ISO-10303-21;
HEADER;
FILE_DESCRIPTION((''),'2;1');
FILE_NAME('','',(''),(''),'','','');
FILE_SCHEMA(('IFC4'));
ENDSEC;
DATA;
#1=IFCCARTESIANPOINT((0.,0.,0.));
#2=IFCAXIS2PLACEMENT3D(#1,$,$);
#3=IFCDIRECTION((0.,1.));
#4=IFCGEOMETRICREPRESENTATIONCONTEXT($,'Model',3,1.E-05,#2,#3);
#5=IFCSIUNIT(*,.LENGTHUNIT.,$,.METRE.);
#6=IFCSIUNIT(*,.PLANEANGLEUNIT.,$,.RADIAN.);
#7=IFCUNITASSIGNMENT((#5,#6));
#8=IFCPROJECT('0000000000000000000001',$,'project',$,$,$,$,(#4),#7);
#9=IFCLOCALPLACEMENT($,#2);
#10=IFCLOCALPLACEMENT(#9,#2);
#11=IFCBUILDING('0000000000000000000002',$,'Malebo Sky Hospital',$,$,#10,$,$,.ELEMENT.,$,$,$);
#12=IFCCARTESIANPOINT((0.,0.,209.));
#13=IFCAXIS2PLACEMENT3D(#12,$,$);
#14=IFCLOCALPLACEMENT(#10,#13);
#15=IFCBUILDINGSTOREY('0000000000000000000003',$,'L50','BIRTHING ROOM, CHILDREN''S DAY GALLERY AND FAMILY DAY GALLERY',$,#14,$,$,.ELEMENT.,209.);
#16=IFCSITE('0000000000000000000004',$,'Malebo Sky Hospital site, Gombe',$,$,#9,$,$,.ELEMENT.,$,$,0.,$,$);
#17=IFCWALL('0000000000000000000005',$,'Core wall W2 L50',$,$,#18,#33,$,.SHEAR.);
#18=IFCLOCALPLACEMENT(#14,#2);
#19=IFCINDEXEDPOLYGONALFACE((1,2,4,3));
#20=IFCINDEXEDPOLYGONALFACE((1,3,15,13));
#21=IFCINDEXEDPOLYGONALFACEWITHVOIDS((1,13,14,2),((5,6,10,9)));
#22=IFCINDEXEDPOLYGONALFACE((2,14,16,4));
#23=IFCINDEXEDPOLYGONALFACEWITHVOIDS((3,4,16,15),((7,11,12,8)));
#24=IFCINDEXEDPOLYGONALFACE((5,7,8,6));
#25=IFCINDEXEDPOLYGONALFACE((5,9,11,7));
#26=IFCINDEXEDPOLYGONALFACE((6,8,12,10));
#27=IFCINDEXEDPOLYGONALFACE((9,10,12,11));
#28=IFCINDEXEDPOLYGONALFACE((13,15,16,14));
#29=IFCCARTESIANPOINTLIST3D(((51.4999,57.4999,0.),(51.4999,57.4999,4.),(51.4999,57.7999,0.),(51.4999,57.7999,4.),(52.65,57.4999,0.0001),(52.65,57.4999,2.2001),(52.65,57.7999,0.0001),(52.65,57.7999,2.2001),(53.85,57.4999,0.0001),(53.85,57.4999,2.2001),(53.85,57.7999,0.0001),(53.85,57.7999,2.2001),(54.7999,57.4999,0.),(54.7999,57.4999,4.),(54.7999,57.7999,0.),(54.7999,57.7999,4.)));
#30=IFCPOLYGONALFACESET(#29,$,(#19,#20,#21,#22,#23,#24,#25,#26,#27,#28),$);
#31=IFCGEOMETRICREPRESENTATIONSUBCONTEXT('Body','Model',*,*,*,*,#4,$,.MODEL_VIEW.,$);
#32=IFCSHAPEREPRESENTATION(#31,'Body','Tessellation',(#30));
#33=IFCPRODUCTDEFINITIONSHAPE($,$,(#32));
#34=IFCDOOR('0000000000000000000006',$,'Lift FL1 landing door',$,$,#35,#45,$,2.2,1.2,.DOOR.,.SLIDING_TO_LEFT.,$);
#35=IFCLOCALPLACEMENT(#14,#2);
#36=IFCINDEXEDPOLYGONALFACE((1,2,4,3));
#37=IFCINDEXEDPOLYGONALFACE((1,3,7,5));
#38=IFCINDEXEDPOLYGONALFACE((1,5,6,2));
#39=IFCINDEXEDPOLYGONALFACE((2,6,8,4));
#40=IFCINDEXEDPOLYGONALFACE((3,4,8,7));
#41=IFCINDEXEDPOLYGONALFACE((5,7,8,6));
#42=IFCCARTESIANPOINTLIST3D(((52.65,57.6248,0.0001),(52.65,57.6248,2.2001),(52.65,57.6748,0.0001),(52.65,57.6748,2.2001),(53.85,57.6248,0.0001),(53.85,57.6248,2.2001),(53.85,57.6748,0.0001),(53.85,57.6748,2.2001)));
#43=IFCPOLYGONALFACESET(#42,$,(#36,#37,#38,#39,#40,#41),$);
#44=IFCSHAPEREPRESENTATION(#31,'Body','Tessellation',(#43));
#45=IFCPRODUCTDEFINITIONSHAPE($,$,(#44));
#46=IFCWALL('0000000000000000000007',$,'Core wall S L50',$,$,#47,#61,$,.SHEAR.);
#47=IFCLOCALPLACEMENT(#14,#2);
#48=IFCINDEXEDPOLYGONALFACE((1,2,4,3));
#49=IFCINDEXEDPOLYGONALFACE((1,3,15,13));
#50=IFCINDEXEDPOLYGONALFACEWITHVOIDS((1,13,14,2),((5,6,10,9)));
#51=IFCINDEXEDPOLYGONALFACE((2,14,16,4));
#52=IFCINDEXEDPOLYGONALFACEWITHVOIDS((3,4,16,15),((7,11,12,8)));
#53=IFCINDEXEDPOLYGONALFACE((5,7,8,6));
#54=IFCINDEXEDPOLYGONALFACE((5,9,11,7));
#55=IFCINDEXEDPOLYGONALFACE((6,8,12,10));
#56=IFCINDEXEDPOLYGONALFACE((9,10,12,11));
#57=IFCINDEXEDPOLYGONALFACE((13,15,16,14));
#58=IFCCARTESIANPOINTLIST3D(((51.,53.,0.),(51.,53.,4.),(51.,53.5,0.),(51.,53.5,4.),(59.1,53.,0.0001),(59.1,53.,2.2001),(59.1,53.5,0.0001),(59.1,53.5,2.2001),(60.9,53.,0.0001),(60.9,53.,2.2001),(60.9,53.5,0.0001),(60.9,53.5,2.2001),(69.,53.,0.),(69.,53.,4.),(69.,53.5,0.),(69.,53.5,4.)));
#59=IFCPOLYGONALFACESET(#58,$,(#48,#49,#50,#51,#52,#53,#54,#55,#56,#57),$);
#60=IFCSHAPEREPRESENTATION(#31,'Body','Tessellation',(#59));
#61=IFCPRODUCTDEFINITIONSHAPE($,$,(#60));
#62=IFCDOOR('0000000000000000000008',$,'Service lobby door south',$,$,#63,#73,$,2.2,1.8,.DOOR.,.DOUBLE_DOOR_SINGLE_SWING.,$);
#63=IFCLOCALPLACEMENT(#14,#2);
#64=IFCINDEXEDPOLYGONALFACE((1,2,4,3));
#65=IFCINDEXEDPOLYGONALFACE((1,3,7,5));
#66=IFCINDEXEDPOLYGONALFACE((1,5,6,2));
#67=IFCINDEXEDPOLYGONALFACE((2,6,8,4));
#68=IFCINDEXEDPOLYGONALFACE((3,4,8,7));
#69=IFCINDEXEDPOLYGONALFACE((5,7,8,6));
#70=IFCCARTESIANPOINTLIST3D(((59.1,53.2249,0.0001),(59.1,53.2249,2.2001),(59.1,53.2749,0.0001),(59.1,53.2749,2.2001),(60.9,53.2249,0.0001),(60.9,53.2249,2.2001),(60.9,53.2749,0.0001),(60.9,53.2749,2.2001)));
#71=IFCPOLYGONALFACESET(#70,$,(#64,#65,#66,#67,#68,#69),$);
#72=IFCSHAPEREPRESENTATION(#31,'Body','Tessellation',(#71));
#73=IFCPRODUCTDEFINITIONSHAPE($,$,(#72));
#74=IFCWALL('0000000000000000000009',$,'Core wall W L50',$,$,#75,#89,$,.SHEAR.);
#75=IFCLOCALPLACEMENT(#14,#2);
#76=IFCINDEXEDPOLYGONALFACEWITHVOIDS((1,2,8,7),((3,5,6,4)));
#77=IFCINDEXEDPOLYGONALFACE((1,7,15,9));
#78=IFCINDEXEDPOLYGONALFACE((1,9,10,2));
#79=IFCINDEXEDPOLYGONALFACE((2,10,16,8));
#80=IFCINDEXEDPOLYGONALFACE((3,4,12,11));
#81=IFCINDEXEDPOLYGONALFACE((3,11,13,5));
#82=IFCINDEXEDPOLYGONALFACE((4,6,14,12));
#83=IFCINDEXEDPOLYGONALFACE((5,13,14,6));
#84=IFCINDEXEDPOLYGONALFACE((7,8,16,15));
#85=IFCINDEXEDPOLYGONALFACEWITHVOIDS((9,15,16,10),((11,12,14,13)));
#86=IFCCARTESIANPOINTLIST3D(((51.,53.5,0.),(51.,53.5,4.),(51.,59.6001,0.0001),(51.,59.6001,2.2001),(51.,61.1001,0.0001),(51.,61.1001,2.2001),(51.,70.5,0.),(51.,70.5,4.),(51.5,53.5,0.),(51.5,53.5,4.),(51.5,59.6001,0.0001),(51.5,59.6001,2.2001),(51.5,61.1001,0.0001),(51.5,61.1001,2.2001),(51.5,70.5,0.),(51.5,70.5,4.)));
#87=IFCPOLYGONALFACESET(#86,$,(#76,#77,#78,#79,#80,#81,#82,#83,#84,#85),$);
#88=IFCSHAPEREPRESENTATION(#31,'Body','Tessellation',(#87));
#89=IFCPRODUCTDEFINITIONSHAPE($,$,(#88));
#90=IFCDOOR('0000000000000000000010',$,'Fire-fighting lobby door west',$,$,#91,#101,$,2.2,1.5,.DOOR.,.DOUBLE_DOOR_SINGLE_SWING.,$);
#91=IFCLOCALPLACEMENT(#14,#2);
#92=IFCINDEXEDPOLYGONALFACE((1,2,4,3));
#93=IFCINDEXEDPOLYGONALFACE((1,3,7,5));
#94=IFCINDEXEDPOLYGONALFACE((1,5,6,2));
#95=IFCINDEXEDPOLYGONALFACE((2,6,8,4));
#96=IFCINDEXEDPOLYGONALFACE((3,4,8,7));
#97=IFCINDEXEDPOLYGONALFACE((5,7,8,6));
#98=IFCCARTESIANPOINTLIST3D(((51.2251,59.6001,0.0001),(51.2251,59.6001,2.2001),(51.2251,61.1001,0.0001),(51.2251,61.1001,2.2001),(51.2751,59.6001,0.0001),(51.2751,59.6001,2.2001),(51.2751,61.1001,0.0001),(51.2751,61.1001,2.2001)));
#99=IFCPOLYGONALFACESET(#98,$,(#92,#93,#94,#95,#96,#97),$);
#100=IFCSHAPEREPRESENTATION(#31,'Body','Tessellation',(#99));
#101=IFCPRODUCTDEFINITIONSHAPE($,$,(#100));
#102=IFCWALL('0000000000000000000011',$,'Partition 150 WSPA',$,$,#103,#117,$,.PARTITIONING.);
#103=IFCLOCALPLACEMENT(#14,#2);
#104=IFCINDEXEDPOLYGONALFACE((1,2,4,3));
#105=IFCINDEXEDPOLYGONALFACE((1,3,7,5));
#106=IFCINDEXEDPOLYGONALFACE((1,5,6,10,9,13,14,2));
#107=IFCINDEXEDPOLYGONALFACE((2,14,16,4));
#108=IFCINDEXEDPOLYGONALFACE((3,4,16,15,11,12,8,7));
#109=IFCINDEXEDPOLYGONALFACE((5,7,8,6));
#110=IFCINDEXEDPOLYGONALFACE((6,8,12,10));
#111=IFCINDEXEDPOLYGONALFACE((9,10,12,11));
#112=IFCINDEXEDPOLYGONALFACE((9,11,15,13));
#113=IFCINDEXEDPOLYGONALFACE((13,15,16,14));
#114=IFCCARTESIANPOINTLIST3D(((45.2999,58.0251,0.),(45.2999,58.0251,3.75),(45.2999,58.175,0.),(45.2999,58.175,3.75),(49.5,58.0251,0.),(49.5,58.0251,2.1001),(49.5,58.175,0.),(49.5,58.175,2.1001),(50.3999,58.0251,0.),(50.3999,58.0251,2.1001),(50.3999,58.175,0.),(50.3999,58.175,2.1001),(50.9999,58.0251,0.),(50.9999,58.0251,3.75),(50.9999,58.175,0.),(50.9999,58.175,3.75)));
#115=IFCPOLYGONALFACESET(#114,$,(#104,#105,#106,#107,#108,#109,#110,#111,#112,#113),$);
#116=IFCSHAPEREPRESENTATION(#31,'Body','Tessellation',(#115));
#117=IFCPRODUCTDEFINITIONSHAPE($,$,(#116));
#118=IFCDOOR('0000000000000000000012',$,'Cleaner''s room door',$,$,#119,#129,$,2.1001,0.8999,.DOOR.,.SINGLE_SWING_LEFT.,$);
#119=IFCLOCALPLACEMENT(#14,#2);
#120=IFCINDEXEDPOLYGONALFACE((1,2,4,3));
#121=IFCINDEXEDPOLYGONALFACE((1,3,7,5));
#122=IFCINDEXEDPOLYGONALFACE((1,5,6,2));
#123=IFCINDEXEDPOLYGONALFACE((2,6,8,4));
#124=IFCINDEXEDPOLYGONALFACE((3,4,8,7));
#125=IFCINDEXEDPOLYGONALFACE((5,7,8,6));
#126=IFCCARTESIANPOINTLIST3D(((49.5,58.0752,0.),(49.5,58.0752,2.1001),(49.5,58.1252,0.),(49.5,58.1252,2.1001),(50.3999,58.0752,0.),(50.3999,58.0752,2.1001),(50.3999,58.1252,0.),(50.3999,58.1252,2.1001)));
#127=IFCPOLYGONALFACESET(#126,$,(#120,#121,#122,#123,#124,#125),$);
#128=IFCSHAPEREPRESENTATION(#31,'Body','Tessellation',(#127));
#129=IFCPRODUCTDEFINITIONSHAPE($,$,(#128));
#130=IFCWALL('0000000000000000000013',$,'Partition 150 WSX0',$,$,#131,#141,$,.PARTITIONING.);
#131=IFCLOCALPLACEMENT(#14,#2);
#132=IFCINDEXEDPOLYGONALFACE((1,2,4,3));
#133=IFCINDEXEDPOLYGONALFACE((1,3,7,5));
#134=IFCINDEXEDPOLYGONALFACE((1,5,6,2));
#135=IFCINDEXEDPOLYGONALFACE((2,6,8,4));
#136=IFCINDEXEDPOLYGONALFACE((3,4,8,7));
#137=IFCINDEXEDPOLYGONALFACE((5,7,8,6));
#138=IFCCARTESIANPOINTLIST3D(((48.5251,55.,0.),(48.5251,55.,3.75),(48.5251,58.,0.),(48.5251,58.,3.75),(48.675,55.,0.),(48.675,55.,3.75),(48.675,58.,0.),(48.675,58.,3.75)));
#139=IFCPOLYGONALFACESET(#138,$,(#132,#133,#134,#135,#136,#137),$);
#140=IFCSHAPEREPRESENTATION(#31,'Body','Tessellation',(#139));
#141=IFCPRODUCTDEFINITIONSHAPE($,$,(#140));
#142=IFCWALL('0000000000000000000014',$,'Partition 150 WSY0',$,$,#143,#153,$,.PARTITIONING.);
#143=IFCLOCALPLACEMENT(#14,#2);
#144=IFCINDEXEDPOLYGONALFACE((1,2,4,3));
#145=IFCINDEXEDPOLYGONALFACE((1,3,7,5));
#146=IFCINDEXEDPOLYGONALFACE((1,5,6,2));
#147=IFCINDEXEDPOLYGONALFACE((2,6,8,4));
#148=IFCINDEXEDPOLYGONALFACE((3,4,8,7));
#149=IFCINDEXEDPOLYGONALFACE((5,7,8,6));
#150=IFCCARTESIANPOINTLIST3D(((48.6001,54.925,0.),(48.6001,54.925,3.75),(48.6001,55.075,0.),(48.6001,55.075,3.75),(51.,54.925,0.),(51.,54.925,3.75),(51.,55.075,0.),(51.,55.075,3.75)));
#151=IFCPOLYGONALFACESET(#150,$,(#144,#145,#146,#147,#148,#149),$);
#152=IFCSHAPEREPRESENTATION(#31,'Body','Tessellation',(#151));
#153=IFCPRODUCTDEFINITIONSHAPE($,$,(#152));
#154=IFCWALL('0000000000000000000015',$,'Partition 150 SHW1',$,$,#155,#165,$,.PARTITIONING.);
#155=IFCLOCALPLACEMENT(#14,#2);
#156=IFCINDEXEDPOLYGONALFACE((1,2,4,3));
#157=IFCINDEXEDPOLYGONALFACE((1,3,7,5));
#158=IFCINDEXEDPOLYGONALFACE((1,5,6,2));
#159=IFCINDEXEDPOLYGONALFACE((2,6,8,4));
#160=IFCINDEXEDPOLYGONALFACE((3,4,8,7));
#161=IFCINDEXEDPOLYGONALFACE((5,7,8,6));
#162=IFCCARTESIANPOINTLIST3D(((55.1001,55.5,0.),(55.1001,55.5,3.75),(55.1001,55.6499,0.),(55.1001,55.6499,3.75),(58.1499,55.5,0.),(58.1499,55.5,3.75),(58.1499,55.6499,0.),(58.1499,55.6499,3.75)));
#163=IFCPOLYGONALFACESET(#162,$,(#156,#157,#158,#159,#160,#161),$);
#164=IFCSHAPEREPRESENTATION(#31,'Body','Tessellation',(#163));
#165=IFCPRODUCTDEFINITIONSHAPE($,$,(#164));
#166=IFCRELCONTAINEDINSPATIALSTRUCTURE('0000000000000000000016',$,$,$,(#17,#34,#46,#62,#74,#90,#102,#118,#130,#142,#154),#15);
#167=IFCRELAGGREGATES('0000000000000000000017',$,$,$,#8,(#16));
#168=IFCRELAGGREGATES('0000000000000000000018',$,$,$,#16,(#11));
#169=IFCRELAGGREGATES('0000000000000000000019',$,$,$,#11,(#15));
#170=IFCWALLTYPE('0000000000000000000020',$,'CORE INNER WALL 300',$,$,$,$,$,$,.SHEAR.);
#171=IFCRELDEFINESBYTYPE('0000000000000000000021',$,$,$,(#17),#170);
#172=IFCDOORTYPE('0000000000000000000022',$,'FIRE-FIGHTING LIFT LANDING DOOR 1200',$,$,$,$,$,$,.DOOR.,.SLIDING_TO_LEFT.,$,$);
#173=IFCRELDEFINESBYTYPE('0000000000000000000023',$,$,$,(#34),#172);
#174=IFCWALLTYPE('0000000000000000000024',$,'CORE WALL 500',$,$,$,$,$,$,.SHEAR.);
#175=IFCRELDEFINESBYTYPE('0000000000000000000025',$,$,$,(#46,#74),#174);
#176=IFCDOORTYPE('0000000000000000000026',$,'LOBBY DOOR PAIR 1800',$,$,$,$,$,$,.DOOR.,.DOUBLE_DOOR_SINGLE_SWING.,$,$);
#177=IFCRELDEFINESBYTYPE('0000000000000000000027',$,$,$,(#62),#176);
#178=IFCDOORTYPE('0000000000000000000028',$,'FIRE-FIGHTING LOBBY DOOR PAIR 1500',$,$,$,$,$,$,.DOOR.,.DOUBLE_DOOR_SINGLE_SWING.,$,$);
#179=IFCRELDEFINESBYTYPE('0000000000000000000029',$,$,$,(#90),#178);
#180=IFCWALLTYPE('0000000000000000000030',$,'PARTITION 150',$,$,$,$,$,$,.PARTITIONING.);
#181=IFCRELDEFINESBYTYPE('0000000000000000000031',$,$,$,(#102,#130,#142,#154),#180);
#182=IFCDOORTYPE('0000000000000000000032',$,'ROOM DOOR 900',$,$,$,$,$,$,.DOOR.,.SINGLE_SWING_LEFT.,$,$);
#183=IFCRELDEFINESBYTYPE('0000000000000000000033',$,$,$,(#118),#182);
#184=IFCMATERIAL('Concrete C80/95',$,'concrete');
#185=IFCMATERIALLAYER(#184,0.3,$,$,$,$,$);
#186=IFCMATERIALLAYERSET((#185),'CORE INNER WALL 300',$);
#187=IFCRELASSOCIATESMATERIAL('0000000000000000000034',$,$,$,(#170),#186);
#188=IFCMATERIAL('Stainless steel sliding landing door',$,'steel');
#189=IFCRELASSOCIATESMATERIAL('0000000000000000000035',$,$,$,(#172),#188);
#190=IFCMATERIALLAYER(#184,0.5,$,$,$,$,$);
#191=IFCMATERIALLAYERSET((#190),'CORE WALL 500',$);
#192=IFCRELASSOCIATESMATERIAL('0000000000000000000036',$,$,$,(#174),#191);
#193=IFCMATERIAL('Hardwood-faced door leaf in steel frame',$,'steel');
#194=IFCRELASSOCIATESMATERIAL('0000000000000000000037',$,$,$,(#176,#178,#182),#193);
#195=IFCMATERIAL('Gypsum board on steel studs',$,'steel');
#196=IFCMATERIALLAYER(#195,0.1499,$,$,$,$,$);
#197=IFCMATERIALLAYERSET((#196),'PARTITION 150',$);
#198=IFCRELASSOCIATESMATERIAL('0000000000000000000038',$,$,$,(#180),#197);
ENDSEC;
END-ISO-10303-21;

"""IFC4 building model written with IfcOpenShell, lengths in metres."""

from ifc_helpers import new_model, si_unit, direction, frame, frame_2d, origin, place, context, subcontext, project, spatial, rectangle, extrude, material, layer, layer_set, type_object, element, fill, save


model = new_model("IFC4")

# Units and contexts
model_context = context("Model", 3, precision=1e-05, world=origin(), true_north=direction((0.0, 1.0)))
body_context = subcontext(model_context, "Body", "Model", "MODEL_VIEW")
ifc_project = project(units=[si_unit("LENGTHUNIT", "METRE"), si_unit("PLANEANGLEUNIT", "RADIAN")], contexts=[model_context])

# Site, building, storey
site_placement = place(None, origin())
site = spatial("IfcSite", under=ifc_project, at=site_placement, Name="Malebo Sky Hospital site, Gombe", CompositionType="ELEMENT", RefElevation=0.0)
building_placement = place(site_placement, origin())
building = spatial("IfcBuilding", under=site, at=building_placement, Name="Malebo Sky Hospital", CompositionType="ELEMENT")
storey_placement = place(building_placement, frame((0.0, 0.0, 209.0)))
storey = spatial("IfcBuildingStorey", under=building, at=storey_placement, Name="L50", Description="BIRTHING ROOM, CHILDREN'S DAY GALLERY AND FAMILY DAY GALLERY", CompositionType="ELEMENT", Elevation=209.0)

# Shared definitions
ifc_material_1 = material(Name="Concrete C80/95", Category="concrete")
ifc_material_2 = material(Name="Hardwood-faced door leaf in steel frame", Category="steel")
ifc_material_3 = material(Name="Stainless steel sliding landing door", Category="steel")

# Shared definitions
ifc_layer_1 = layer(ifc_material_1, 0.3)
ifc_layer_set_1 = layer_set([ifc_layer_1], Name="CORE INNER WALL 300")
wall_type_1 = type_object("IfcWallType", Name="CORE INNER WALL 300", PredefinedType="SHEAR", material=ifc_layer_set_1)

# Walls, openings, doors
wall_1_placement = place(storey_placement, frame((51.5, 57.6499, 0.0), z_axis=(0.0, 0.0, 1.0), x_axis=(1.0, 0.0, 0.0)))
wall_1 = element("IfcWall", 1, at=wall_1_placement, inside=storey, type_object=wall_type_1, Name="Core wall W2 L50", PredefinedType="SHEAR", context=body_context, shape_type="SweptSolid", body=[
    extrude(rectangle(XDim=3.3, YDim=0.3, at=frame_2d((1.6499, 0.0))), origin(), (0.0, 0.0, 1.0), 4.0),
])
opening_1_placement = place(wall_1_placement, frame((1.1499, 0.0, 0.0)))
opening_1 = element("IfcOpeningElement", 2, at=opening_1_placement, cuts=wall_1, PredefinedType="OPENING", context=body_context, shape_type="SweptSolid", body=[
    extrude(rectangle(XDim=1.2, YDim=2.2, at=frame_2d((0.6001, 1.1001))), frame((0.0, 0.1599, 0.0), z_axis=(0.0, -1.0, 0.0), x_axis=(1.0, 0.0, 0.0)), (0.0, 0.0, 1.0), 0.3201),
])
door_type_1 = type_object("IfcDoorType", Name="FIRE-FIGHTING LIFT LANDING DOOR 1200", OperationType="SLIDING_TO_LEFT", PredefinedType="DOOR", material=ifc_material_3)
door_1_placement = place(opening_1_placement, origin())
door_1 = element("IfcDoor", 3, at=door_1_placement, inside=storey, type_object=door_type_1, Name="Lift FL1 landing door", OperationType="SLIDING_TO_LEFT", OverallHeight=2.2, OverallWidth=1.2, PredefinedType="DOOR", context=body_context, shape_type="SweptSolid", body=[
    extrude(rectangle(XDim=1.2, YDim=2.2, at=frame_2d((0.6001, 1.1001))), frame((0.0, 0.0249, 0.0), z_axis=(0.0, -1.0, 0.0), x_axis=(1.0, 0.0, 0.0)), (0.0, 0.0, 1.0), 0.05),
])
fill(opening_1, door_1)
ifc_layer_2 = layer(ifc_material_1, 0.5)
ifc_layer_set_2 = layer_set([ifc_layer_2], Name="CORE WALL 500")
wall_type_2 = type_object("IfcWallType", Name="CORE WALL 500", PredefinedType="SHEAR", material=ifc_layer_set_2)
wall_2_placement = place(storey_placement, frame((51.0, 53.25, 0.0), z_axis=(0.0, 0.0, 1.0), x_axis=(1.0, 0.0, 0.0)))
wall_2 = element("IfcWall", 4, at=wall_2_placement, inside=storey, type_object=wall_type_2, Name="Core wall S L50", PredefinedType="SHEAR", context=body_context, shape_type="SweptSolid", body=[
    extrude(rectangle(XDim=18.0, YDim=0.5, at=frame_2d((9.0, 0.0))), origin(), (0.0, 0.0, 1.0), 4.0),
])
opening_2_placement = place(wall_2_placement, frame((8.1001, 0.0, 0.0)))
opening_2 = element("IfcOpeningElement", 5, at=opening_2_placement, cuts=wall_2, PredefinedType="OPENING", context=body_context, shape_type="SweptSolid", body=[
    extrude(rectangle(XDim=1.8, YDim=2.2, at=frame_2d((0.8999, 1.1001))), frame((0.0, 0.26, 0.0), z_axis=(0.0, -1.0, 0.0), x_axis=(1.0, 0.0, 0.0)), (0.0, 0.0, 1.0), 0.52),
])
door_type_2 = type_object("IfcDoorType", Name="LOBBY DOOR PAIR 1800", OperationType="DOUBLE_DOOR_SINGLE_SWING", PredefinedType="DOOR", material=ifc_material_2)
door_2_placement = place(opening_2_placement, origin())
door_2 = element("IfcDoor", 6, at=door_2_placement, inside=storey, type_object=door_type_2, Name="Service lobby door south", OperationType="DOUBLE_DOOR_SINGLE_SWING", OverallHeight=2.2, OverallWidth=1.8, PredefinedType="DOOR", context=body_context, shape_type="SweptSolid", body=[
    extrude(rectangle(XDim=1.8, YDim=2.2, at=frame_2d((0.8999, 1.1001))), frame((0.0, 0.0249, 0.0), z_axis=(0.0, -1.0, 0.0), x_axis=(1.0, 0.0, 0.0)), (0.0, 0.0, 1.0), 0.05),
])
fill(opening_2, door_2)
wall_3_placement = place(storey_placement, frame((51.25, 53.5, 0.0), z_axis=(0.0, 0.0, 1.0), x_axis=(0.0, 1.0, 0.0)))
wall_3 = element("IfcWall", 7, at=wall_3_placement, inside=storey, type_object=wall_type_2, Name="Core wall W L50", PredefinedType="SHEAR", context=body_context, shape_type="SweptSolid", body=[
    extrude(rectangle(XDim=17.0, YDim=0.5, at=frame_2d((8.5, 0.0))), origin(), (0.0, 0.0, 1.0), 4.0),
])
opening_3_placement = place(wall_3_placement, frame((6.1001, 0.0, 0.0)))
opening_3 = element("IfcOpeningElement", 8, at=opening_3_placement, cuts=wall_3, PredefinedType="OPENING", context=body_context, shape_type="SweptSolid", body=[
    extrude(rectangle(XDim=1.5, YDim=2.2, at=frame_2d((0.75, 1.1001))), frame((0.0, 0.26, 0.0), z_axis=(0.0, -1.0, 0.0), x_axis=(1.0, 0.0, 0.0)), (0.0, 0.0, 1.0), 0.52),
])
door_type_3 = type_object("IfcDoorType", Name="FIRE-FIGHTING LOBBY DOOR PAIR 1500", OperationType="DOUBLE_DOOR_SINGLE_SWING", PredefinedType="DOOR", material=ifc_material_2)
door_3_placement = place(opening_3_placement, origin())
door_3 = element("IfcDoor", 9, at=door_3_placement, inside=storey, type_object=door_type_3, Name="Fire-fighting lobby door west", OperationType="DOUBLE_DOOR_SINGLE_SWING", OverallHeight=2.2, OverallWidth=1.5, PredefinedType="DOOR", context=body_context, shape_type="SweptSolid", body=[
    extrude(rectangle(XDim=1.5, YDim=2.2, at=frame_2d((0.75, 1.1001))), frame((0.0, 0.0249, 0.0), z_axis=(0.0, -1.0, 0.0), x_axis=(1.0, 0.0, 0.0)), (0.0, 0.0, 1.0), 0.05),
])
fill(opening_3, door_3)
ifc_material_4 = material(Name="Gypsum board on steel studs", Category="steel")
ifc_layer_3 = layer(ifc_material_4, 0.1499)
ifc_layer_set_3 = layer_set([ifc_layer_3], Name="PARTITION 150")
wall_type_3 = type_object("IfcWallType", Name="PARTITION 150", PredefinedType="PARTITIONING", material=ifc_layer_set_3)
wall_4_placement = place(storey_placement, frame((51.0, 58.1001, 0.0), z_axis=(0.0, 0.0, 1.0), x_axis=(-1.0, 0.0, 0.0)))
wall_4 = element("IfcWall", 10, at=wall_4_placement, inside=storey, type_object=wall_type_3, Name="Partition 150 WSPA", PredefinedType="PARTITIONING", context=body_context, shape_type="SweptSolid", body=[
    extrude(rectangle(XDim=5.7, YDim=0.1499, at=frame_2d((2.8501, 0.0))), origin(), (0.0, 0.0, 1.0), 3.75),
])
opening_4_placement = place(wall_4_placement, frame((0.6001, 0.0, 0.0)))
opening_4 = element("IfcOpeningElement", 11, at=opening_4_placement, cuts=wall_4, PredefinedType="OPENING", context=body_context, shape_type="SweptSolid", body=[
    extrude(rectangle(XDim=0.8999, YDim=2.1001, at=frame_2d((0.45, 1.05))), frame((0.0, 0.085, 0.0), z_axis=(0.0, -1.0, 0.0), x_axis=(1.0, 0.0, 0.0)), (0.0, 0.0, 1.0), 0.1699),
])
door_type_4 = type_object("IfcDoorType", Name="ROOM DOOR 900", OperationType="SINGLE_SWING_LEFT", PredefinedType="DOOR", material=ifc_material_2)
door_4_placement = place(opening_4_placement, origin())
door_4 = element("IfcDoor", 12, at=door_4_placement, inside=storey, type_object=door_type_4, Name="Cleaner's room door", OperationType="SINGLE_SWING_LEFT", OverallHeight=2.1001, OverallWidth=0.8999, PredefinedType="DOOR", context=body_context, shape_type="SweptSolid", body=[
    extrude(rectangle(XDim=0.8999, YDim=2.1001, at=frame_2d((0.45, 1.05))), frame((0.0, 0.0249, 0.0), z_axis=(0.0, -1.0, 0.0), x_axis=(1.0, 0.0, 0.0)), (0.0, 0.0, 1.0), 0.05),
])
fill(opening_4, door_4)

# Walls
wall_5_placement = place(storey_placement, frame((48.6001, 55.0, 0.0), z_axis=(0.0, 0.0, 1.0), x_axis=(0.0, 1.0, 0.0)))
element("IfcWall", 13, at=wall_5_placement, inside=storey, type_object=wall_type_3, Name="Partition 150 WSX0", PredefinedType="PARTITIONING", context=body_context, shape_type="SweptSolid", body=[
    extrude(rectangle(XDim=3.0, YDim=0.1499, at=frame_2d((1.5, 0.0))), origin(), (0.0, 0.0, 1.0), 3.75),
])
wall_6_placement = place(storey_placement, frame((51.0, 55.0, 0.0), z_axis=(0.0, 0.0, 1.0), x_axis=(-1.0, 0.0, 0.0)))
element("IfcWall", 14, at=wall_6_placement, inside=storey, type_object=wall_type_3, Name="Partition 150 WSY0", PredefinedType="PARTITIONING", context=body_context, shape_type="SweptSolid", body=[
    extrude(rectangle(XDim=2.3999, YDim=0.1499, at=frame_2d((1.2, 0.0))), origin(), (0.0, 0.0, 1.0), 3.75),
])
for number, where, z_axis, x_axis, name in (
    (15, (55.1001, 55.575, 0.0), (0.0, 0.0, 1.0), (1.0, 0.0, 0.0), "Partition 150 SHW1"),
):
    element("IfcWall", number, at=place(storey_placement, frame(where, z_axis=z_axis, x_axis=x_axis)), inside=storey, type_object=wall_type_3, Name=name, PredefinedType="PARTITIONING", context=body_context, shape_type="SweptSolid", body=[
        extrude(rectangle(XDim=3.0498, YDim=0.1499, at=frame_2d((1.5249, 0.0))), origin(), (0.0, 0.0, 1.0), 3.75),
    ])

save(model, "model.ifc")
